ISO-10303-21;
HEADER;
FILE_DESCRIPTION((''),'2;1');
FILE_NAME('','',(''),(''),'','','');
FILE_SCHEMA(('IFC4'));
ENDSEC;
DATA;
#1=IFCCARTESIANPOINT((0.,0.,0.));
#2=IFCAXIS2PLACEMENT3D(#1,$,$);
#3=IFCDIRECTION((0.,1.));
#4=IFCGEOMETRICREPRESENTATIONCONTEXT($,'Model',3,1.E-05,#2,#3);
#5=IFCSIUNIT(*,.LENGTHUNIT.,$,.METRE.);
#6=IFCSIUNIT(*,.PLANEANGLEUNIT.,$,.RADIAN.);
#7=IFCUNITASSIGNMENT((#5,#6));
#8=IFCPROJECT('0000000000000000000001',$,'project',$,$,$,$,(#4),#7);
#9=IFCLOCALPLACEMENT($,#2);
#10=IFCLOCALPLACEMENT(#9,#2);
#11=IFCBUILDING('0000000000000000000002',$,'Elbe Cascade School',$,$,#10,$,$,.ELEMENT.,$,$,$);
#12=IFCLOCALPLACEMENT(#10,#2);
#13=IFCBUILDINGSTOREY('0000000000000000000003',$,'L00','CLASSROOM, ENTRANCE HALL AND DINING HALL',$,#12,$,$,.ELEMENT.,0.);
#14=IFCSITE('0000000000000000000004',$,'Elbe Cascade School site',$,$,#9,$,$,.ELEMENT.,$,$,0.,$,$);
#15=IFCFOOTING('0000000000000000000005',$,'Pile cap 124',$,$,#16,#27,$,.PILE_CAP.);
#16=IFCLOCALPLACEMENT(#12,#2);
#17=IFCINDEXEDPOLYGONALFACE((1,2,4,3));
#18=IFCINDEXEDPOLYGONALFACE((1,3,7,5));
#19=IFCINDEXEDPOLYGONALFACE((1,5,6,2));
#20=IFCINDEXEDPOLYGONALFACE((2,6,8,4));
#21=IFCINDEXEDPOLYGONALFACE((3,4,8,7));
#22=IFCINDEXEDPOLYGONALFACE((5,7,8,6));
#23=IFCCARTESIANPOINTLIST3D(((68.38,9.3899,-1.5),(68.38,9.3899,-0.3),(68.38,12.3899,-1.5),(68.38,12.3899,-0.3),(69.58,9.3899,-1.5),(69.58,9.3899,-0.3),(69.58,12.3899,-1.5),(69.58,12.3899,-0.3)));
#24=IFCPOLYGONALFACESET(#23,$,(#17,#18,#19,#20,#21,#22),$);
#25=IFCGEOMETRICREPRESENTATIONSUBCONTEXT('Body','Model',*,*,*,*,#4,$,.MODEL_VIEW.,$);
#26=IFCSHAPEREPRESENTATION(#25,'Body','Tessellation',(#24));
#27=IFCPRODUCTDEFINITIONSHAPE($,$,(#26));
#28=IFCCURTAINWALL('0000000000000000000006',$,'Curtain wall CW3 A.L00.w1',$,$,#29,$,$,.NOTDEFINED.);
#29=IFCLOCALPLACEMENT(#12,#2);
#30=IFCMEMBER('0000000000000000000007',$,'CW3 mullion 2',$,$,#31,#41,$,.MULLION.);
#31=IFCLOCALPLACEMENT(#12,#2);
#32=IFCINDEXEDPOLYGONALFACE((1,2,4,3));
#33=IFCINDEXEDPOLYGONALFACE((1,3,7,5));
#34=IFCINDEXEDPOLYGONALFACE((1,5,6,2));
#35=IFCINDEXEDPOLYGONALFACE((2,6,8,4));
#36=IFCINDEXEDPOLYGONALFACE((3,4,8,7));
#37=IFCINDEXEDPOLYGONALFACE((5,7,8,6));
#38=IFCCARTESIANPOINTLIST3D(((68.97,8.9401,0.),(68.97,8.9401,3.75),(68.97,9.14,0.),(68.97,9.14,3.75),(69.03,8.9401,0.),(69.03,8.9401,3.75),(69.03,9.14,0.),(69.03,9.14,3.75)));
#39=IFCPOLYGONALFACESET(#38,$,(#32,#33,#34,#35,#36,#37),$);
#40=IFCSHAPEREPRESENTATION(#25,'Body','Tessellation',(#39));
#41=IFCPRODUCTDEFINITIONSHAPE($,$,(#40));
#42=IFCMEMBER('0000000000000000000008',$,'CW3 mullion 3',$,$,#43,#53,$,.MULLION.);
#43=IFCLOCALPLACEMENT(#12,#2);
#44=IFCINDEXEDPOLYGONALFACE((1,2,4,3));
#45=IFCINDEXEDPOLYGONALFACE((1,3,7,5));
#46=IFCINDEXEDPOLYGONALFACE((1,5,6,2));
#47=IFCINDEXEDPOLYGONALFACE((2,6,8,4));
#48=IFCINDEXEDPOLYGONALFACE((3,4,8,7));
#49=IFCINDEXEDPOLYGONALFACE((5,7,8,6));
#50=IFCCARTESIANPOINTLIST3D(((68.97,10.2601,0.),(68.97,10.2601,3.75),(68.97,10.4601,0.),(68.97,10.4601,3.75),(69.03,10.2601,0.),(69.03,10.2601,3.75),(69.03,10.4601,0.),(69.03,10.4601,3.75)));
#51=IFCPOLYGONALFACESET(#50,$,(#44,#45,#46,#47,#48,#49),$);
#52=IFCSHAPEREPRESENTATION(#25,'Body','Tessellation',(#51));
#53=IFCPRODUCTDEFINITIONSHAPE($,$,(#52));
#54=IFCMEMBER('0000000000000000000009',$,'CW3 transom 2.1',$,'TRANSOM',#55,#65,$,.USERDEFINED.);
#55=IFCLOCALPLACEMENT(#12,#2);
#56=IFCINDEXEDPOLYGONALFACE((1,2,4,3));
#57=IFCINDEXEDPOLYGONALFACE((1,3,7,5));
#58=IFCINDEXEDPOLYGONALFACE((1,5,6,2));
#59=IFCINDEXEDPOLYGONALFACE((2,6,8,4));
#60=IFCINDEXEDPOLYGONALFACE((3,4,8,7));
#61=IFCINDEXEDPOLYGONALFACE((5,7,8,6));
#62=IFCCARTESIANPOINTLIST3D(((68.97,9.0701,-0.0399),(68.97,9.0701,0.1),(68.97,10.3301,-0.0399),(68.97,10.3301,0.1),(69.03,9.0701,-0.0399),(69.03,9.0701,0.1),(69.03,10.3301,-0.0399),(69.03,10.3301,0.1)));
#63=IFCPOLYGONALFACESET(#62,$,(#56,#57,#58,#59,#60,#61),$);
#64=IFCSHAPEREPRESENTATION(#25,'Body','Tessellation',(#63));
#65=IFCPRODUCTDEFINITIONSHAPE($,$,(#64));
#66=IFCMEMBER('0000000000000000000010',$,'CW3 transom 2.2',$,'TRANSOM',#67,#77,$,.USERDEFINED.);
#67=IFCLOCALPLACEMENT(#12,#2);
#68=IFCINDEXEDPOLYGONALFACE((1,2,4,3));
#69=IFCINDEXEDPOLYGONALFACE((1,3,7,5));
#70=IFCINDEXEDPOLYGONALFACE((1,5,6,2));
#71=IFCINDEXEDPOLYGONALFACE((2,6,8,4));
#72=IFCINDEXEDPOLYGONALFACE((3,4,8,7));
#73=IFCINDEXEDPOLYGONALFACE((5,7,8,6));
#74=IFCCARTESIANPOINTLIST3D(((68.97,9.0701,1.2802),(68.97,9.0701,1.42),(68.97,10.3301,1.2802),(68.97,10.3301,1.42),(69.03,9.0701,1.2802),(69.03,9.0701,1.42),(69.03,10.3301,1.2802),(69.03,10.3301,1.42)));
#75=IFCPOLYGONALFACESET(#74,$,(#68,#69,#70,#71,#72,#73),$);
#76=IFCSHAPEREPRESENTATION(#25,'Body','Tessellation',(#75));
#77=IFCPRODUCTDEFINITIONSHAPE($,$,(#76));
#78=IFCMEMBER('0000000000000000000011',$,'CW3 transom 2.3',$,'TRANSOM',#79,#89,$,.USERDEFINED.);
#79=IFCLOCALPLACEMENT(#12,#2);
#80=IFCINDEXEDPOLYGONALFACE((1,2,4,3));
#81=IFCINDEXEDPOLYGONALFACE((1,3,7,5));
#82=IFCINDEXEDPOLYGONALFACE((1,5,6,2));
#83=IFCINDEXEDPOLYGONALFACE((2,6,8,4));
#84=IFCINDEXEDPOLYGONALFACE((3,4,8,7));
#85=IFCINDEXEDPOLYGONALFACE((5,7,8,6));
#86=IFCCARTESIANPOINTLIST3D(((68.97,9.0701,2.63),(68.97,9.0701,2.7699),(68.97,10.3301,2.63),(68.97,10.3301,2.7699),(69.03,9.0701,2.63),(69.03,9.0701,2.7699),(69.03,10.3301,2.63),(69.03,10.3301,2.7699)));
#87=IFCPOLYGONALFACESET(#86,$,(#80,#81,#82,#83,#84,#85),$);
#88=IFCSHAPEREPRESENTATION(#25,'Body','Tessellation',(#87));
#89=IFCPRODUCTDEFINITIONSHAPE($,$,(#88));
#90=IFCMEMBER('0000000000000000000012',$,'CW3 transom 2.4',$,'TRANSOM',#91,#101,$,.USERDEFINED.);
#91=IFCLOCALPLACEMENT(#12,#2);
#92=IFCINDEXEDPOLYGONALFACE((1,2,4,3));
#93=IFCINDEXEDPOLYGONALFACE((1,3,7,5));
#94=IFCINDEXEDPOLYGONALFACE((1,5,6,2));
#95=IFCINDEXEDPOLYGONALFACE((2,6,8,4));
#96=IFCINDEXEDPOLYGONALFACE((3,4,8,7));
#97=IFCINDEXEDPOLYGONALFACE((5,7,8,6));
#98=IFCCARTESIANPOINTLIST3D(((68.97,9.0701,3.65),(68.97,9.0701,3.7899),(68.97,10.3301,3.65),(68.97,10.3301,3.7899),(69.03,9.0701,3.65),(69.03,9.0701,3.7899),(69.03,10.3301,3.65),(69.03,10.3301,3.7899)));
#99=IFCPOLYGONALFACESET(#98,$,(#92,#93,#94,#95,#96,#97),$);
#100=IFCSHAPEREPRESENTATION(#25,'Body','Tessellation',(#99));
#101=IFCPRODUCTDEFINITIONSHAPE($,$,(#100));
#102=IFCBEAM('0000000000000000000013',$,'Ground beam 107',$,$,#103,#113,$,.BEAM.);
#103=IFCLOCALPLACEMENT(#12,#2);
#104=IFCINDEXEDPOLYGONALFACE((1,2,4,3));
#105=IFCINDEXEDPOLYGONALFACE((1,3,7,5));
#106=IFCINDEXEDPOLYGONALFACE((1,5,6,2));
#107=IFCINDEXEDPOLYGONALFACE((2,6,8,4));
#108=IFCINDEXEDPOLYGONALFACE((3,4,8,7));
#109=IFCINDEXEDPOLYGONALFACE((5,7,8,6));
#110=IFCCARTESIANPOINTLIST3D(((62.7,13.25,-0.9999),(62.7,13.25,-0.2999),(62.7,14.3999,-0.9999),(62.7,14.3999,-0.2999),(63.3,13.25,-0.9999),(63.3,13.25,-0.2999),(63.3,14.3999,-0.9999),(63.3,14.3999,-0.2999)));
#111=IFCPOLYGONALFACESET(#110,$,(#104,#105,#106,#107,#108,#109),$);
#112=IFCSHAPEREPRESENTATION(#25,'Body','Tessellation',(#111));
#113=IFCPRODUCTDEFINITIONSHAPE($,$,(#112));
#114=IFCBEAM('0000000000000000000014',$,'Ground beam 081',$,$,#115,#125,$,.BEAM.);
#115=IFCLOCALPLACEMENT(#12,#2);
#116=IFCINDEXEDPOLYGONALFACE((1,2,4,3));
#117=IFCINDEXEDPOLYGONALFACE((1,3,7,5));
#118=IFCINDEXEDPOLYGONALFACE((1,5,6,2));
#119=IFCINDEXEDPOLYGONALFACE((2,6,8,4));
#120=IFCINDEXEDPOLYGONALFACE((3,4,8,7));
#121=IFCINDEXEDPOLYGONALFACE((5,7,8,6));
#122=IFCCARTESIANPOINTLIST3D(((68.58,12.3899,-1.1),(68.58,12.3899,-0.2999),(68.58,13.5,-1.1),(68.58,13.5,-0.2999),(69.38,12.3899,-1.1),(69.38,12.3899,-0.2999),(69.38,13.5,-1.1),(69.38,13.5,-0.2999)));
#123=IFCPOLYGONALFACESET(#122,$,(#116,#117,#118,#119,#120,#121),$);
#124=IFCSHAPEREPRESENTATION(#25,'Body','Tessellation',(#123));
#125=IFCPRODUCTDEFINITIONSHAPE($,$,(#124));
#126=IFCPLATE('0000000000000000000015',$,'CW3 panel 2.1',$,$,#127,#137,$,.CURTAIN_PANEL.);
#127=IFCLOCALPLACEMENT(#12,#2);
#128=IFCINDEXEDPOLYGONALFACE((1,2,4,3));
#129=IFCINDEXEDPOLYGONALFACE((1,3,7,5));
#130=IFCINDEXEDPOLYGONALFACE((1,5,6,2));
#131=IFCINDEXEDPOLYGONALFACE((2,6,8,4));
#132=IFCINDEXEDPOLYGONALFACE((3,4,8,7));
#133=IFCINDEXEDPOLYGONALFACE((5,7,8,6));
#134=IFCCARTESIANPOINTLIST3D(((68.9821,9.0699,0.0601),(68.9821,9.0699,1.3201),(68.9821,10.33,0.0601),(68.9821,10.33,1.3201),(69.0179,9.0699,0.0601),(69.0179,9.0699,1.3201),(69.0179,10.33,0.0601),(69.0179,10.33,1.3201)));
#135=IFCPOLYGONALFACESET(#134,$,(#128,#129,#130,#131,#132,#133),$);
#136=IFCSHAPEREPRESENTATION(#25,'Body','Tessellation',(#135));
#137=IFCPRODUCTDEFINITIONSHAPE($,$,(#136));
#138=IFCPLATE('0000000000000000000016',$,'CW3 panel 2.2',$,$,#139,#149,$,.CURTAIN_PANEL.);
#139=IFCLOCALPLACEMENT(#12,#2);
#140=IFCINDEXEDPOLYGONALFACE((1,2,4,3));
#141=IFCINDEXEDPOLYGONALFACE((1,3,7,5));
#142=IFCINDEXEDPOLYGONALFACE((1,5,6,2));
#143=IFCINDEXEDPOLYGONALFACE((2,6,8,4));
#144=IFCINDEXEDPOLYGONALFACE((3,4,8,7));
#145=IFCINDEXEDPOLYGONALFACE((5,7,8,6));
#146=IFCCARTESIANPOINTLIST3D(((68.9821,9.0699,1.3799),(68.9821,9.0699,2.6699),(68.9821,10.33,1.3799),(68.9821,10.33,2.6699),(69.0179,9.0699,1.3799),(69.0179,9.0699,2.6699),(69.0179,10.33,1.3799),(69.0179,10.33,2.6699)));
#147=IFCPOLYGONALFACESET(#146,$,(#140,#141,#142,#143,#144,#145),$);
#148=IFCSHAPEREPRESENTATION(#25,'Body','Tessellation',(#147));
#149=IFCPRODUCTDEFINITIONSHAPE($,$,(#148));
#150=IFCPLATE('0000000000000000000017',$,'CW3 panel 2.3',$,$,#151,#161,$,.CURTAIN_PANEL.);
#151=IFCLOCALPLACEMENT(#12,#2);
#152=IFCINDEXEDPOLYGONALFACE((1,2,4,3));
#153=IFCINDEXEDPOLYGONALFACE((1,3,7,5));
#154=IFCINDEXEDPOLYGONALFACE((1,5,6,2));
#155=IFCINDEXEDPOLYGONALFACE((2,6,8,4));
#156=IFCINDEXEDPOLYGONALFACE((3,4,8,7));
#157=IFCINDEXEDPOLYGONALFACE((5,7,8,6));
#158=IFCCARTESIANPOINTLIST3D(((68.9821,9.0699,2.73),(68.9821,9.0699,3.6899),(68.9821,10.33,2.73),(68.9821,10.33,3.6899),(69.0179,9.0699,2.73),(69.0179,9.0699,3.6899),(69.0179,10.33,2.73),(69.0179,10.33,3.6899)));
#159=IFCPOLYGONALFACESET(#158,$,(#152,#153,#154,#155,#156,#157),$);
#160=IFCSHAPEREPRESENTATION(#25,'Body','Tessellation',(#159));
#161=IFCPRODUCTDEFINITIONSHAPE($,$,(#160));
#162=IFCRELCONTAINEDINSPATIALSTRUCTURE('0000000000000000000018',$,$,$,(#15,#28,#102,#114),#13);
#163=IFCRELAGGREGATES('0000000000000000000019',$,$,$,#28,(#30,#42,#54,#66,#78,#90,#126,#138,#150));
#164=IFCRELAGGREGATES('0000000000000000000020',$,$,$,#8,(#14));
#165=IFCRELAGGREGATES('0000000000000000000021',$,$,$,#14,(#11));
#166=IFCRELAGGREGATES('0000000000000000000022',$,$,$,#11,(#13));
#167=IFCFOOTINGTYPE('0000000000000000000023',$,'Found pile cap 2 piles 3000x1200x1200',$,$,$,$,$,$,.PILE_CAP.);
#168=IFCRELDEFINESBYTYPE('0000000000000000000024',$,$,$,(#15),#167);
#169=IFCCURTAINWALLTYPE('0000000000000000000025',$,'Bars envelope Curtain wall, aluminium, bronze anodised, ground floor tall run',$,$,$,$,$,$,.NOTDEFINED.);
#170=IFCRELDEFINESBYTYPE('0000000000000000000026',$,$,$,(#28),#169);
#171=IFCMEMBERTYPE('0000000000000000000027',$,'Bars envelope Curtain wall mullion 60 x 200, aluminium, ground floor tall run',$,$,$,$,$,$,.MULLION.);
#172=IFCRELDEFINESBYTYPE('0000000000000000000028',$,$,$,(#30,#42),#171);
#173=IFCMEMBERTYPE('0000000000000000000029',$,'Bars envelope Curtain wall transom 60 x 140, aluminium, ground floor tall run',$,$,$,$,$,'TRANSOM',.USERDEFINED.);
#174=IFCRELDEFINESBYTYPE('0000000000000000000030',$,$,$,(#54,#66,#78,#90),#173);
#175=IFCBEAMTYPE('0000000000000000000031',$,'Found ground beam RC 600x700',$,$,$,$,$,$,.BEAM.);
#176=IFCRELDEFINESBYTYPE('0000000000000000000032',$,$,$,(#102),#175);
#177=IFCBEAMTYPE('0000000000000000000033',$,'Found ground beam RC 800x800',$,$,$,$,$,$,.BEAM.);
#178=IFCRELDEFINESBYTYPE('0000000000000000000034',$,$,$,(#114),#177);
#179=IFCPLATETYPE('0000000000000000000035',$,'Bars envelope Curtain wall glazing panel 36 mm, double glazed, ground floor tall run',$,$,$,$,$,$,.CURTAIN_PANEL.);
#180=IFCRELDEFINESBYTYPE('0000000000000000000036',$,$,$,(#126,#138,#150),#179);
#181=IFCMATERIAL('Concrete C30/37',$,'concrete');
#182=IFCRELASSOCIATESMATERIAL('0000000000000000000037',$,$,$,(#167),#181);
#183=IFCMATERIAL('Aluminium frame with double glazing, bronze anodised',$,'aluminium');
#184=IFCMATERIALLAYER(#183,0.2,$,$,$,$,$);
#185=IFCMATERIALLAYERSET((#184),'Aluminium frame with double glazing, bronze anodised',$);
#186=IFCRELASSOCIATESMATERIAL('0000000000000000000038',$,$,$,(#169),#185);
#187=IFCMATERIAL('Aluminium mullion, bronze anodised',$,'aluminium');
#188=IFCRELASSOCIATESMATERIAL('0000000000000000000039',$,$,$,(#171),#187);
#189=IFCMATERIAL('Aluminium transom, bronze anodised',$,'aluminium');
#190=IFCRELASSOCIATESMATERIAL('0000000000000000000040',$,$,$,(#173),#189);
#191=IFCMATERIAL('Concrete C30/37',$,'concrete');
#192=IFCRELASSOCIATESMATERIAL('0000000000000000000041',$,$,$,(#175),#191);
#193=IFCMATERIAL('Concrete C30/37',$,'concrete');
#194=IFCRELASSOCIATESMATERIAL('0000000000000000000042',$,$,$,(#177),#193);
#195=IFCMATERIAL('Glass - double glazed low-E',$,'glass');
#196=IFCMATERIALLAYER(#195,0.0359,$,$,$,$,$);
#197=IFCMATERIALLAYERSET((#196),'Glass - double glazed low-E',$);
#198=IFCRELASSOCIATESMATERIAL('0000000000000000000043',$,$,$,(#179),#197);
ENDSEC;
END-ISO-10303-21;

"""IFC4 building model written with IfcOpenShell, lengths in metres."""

from ifc_helpers import new_model, si_unit, direction, frame, origin, origin_2d, place, context, subcontext, project, spatial, rectangle, extrude, material, layer, layer_set, material_profile, profile_set, type_object, element, aggregate, save


model = new_model("IFC4")

# Units and contexts
model_context = context("Model", 3, precision=1e-05, world=origin(), true_north=direction((0.0, 1.0)))
body_context = subcontext(model_context, "Body", "Model", "MODEL_VIEW")
ifc_project = project(units=[si_unit("LENGTHUNIT", "METRE"), si_unit("PLANEANGLEUNIT", "RADIAN")], contexts=[model_context])

# Site, building, storey
site_placement = place(None, origin())
site = spatial("IfcSite", under=ifc_project, at=site_placement, Name="Elbe Cascade School site", CompositionType="ELEMENT", RefElevation=0.0)
building_placement = place(site_placement, origin())
building = spatial("IfcBuilding", under=site, at=building_placement, Name="Elbe Cascade School", CompositionType="ELEMENT")
storey_placement = place(building_placement, origin())
storey = spatial("IfcBuildingStorey", under=building, at=storey_placement, Name="L00", Description="CLASSROOM, ENTRANCE HALL AND DINING HALL", CompositionType="ELEMENT", Elevation=0.0)

# Footing
ifc_material_1 = material(Name="Concrete C30/37", Category="concrete")
footing_type = type_object("IfcFootingType", Name="Found pile cap 2 piles 3000x1200x1200", PredefinedType="PILE_CAP", material=ifc_material_1)
for number, where, z_axis, x_axis, name in (
    (1, (68.98, 10.8899, -1.5), (0.0, 0.0, 1.0), (1.0, 0.0, 0.0), "Pile cap 124"),
):
    element("IfcFooting", number, at=place(storey_placement, frame(where, z_axis=z_axis, x_axis=x_axis)), inside=storey, type_object=footing_type, Name=name, PredefinedType="PILE_CAP", context=body_context, shape_type="SweptSolid", body=[
        extrude(rectangle(XDim=1.2, YDim=3.0, at=origin_2d()), origin(), (0.0, 0.0, 1.0), 1.2),
    ])

# Curtain wall, members
ifc_material_2 = material(Name="Aluminium frame with double glazing, bronze anodised", Category="aluminium")
ifc_layer_1 = layer(ifc_material_2, 0.2)
ifc_layer_set_1 = layer_set([ifc_layer_1], Name="Aluminium frame with double glazing, bronze anodised")
curtain_wall_type = type_object("IfcCurtainWallType", Name="Bars envelope Curtain wall, aluminium, bronze anodised, ground floor tall run", PredefinedType="NOTDEFINED", material=ifc_layer_set_1)
curtain_wall_placement = place(storey_placement, origin())
curtain_wall = element("IfcCurtainWall", 2, at=curtain_wall_placement, inside=storey, type_object=curtain_wall_type, Name="Curtain wall CW3 A.L00.w1", PredefinedType="NOTDEFINED")
ifc_material_3 = material(Name="Aluminium mullion, bronze anodised", Category="aluminium")
ifc_material_profile_1 = material_profile(ifc_material_3, rectangle(XDim=0.0601, YDim=0.2, at=origin_2d()), Name="Bars envelope Curtain wall mullion 60 x 200, aluminium, ground floor tall run")
ifc_profile_set_1 = profile_set([ifc_material_profile_1], Name="Aluminium mullion, bronze anodised")
member_type_1 = type_object("IfcMemberType", Name="Bars envelope Curtain wall mullion 60 x 200, aluminium, ground floor tall run", PredefinedType="MULLION", material=ifc_profile_set_1)
member_1_placement = place(storey_placement, frame((69.0, 9.04, 0.0), z_axis=(0.0, 0.0, 1.0), x_axis=(-1.0, 0.0, 0.0)))
member_1 = element("IfcMember", 3, at=member_1_placement, type_object=member_type_1, Name="CW3 mullion 2", PredefinedType="MULLION", context=body_context, shape_type="SweptSolid", body=[
    extrude(rectangle(XDim=0.0601, YDim=0.2, at=origin_2d()), origin(), (0.0, 0.0, 1.0), 3.75),
])
member_2_placement = place(storey_placement, frame((69.0, 10.3601, 0.0), z_axis=(0.0, 0.0, 1.0), x_axis=(-1.0, 0.0, 0.0)))
member_2 = element("IfcMember", 4, at=member_2_placement, type_object=member_type_1, Name="CW3 mullion 3", PredefinedType="MULLION", context=body_context, shape_type="SweptSolid", body=[
    extrude(rectangle(XDim=0.0601, YDim=0.2, at=origin_2d()), origin(), (0.0, 0.0, 1.0), 3.75),
])
ifc_material_4 = material(Name="Aluminium transom, bronze anodised", Category="aluminium")
ifc_material_profile_2 = material_profile(ifc_material_4, rectangle(XDim=0.0601, YDim=0.1399, at=origin_2d()), Name="Bars envelope Curtain wall transom 60 x 140, aluminium, ground floor tall run")
ifc_profile_set_2 = profile_set([ifc_material_profile_2], Name="Aluminium transom, bronze anodised")
member_type_2 = type_object("IfcMemberType", Name="Bars envelope Curtain wall transom 60 x 140, aluminium, ground floor tall run", ElementType="TRANSOM", PredefinedType="USERDEFINED", material=ifc_profile_set_2)
member_3_placement = place(storey_placement, frame((69.0, 9.0701, 0.03), z_axis=(0.0, 1.0, 0.0), x_axis=(-1.0, 0.0, 0.0)))
member_3 = element("IfcMember", 5, at=member_3_placement, type_object=member_type_2, Name="CW3 transom 2.1", ObjectType="TRANSOM", PredefinedType="USERDEFINED", context=body_context, shape_type="SweptSolid", body=[
    extrude(rectangle(XDim=0.0601, YDim=0.1399, at=origin_2d()), origin(), (0.0, 0.0, 1.0), 1.26),
])
member_4_placement = place(storey_placement, frame((69.0, 9.0701, 1.3501), z_axis=(0.0, 1.0, 0.0), x_axis=(-1.0, 0.0, 0.0)))
member_4 = element("IfcMember", 6, at=member_4_placement, type_object=member_type_2, Name="CW3 transom 2.2", ObjectType="TRANSOM", PredefinedType="USERDEFINED", context=body_context, shape_type="SweptSolid", body=[
    extrude(rectangle(XDim=0.0601, YDim=0.1399, at=origin_2d()), origin(), (0.0, 0.0, 1.0), 1.26),
])
member_5_placement = place(storey_placement, frame((69.0, 9.0701, 2.7), z_axis=(0.0, 1.0, 0.0), x_axis=(-1.0, 0.0, 0.0)))
member_5 = element("IfcMember", 7, at=member_5_placement, type_object=member_type_2, Name="CW3 transom 2.3", ObjectType="TRANSOM", PredefinedType="USERDEFINED", context=body_context, shape_type="SweptSolid", body=[
    extrude(rectangle(XDim=0.0601, YDim=0.1399, at=origin_2d()), origin(), (0.0, 0.0, 1.0), 1.26),
])
member_6_placement = place(storey_placement, frame((69.0, 9.0701, 3.72), z_axis=(0.0, 1.0, 0.0), x_axis=(-1.0, 0.0, 0.0)))
member_6 = element("IfcMember", 8, at=member_6_placement, type_object=member_type_2, Name="CW3 transom 2.4", ObjectType="TRANSOM", PredefinedType="USERDEFINED", context=body_context, shape_type="SweptSolid", body=[
    extrude(rectangle(XDim=0.0601, YDim=0.1399, at=origin_2d()), origin(), (0.0, 0.0, 1.0), 1.26),
])

# Beams
ifc_material_5 = material(Name="Concrete C30/37", Category="concrete")
ifc_material_profile_3 = material_profile(ifc_material_5, rectangle(XDim=0.6001, YDim=0.7, at=origin_2d()), Name="RC 600x700")
ifc_profile_set_3 = profile_set([ifc_material_profile_3], Name="Concrete C30/37")
beam_type_1 = type_object("IfcBeamType", Name="Found ground beam RC 600x700", PredefinedType="BEAM", material=ifc_profile_set_3)
beam_1_placement = place(storey_placement, frame((63.0, 13.25, -0.6499), z_axis=(0.0, 1.0, 0.0), x_axis=(-1.0, 0.0, 0.0)))
element("IfcBeam", 9, at=beam_1_placement, inside=storey, type_object=beam_type_1, Name="Ground beam 107", PredefinedType="BEAM", context=body_context, shape_type="SweptSolid", body=[
    extrude(rectangle(XDim=0.6001, YDim=0.7, at=origin_2d()), origin(), (0.0, 0.0, 1.0), 1.1499),
])
ifc_material_6 = material(Name="Concrete C30/37", Category="concrete")
ifc_material_profile_4 = material_profile(ifc_material_6, rectangle(XDim=0.8, YDim=0.8, at=origin_2d()), Name="RC 800x800")
ifc_profile_set_4 = profile_set([ifc_material_profile_4], Name="Concrete C30/37")
beam_type_2 = type_object("IfcBeamType", Name="Found ground beam RC 800x800", PredefinedType="BEAM", material=ifc_profile_set_4)
beam_2_placement = place(storey_placement, frame((68.98, 12.3899, -0.7), z_axis=(0.0, 1.0, 0.0), x_axis=(-1.0, 0.0, 0.0)))
element("IfcBeam", 10, at=beam_2_placement, inside=storey, type_object=beam_type_2, Name="Ground beam 081", PredefinedType="BEAM", context=body_context, shape_type="SweptSolid", body=[
    extrude(rectangle(XDim=0.8, YDim=0.8, at=origin_2d()), origin(), (0.0, 0.0, 1.0), 1.1101),
])

# Plates
ifc_material_7 = material(Name="Glass - double glazed low-E", Category="glass")
ifc_layer_2 = layer(ifc_material_7, 0.0359)
ifc_layer_set_2 = layer_set([ifc_layer_2], Name="Glass - double glazed low-E")
plate_type = type_object("IfcPlateType", Name="Bars envelope Curtain wall glazing panel 36 mm, double glazed, ground floor tall run", PredefinedType="CURTAIN_PANEL", material=ifc_layer_set_2)
plate_1_placement = place(storey_placement, frame((69.0, 9.7, 0.0601), z_axis=(0.0, 0.0, 1.0), x_axis=(0.0, 1.0, 0.0)))
plate_1 = element("IfcPlate", 11, at=plate_1_placement, type_object=plate_type, Name="CW3 panel 2.1", PredefinedType="CURTAIN_PANEL", context=body_context, shape_type="SweptSolid", body=[
    extrude(rectangle(XDim=1.26, YDim=0.0359, at=origin_2d()), origin(), (0.0, 0.0, 1.0), 1.26),
])
plate_2_placement = place(storey_placement, frame((69.0, 9.7, 1.3799), z_axis=(0.0, 0.0, 1.0), x_axis=(0.0, 1.0, 0.0)))
plate_2 = element("IfcPlate", 12, at=plate_2_placement, type_object=plate_type, Name="CW3 panel 2.2", PredefinedType="CURTAIN_PANEL", context=body_context, shape_type="SweptSolid", body=[
    extrude(rectangle(XDim=1.26, YDim=0.0359, at=origin_2d()), origin(), (0.0, 0.0, 1.0), 1.29),
])
plate_3_placement = place(storey_placement, frame((69.0, 9.7, 2.73), z_axis=(0.0, 0.0, 1.0), x_axis=(0.0, 1.0, 0.0)))
plate_3 = element("IfcPlate", 13, at=plate_3_placement, type_object=plate_type, Name="CW3 panel 2.3", PredefinedType="CURTAIN_PANEL", context=body_context, shape_type="SweptSolid", body=[
    extrude(rectangle(XDim=1.26, YDim=0.0359, at=origin_2d()), origin(), (0.0, 0.0, 1.0), 0.96),
])
aggregate(curtain_wall, [member_1, member_2, member_3, member_4, member_5, member_6, plate_1, plate_2, plate_3])

save(model, "model.ifc")
